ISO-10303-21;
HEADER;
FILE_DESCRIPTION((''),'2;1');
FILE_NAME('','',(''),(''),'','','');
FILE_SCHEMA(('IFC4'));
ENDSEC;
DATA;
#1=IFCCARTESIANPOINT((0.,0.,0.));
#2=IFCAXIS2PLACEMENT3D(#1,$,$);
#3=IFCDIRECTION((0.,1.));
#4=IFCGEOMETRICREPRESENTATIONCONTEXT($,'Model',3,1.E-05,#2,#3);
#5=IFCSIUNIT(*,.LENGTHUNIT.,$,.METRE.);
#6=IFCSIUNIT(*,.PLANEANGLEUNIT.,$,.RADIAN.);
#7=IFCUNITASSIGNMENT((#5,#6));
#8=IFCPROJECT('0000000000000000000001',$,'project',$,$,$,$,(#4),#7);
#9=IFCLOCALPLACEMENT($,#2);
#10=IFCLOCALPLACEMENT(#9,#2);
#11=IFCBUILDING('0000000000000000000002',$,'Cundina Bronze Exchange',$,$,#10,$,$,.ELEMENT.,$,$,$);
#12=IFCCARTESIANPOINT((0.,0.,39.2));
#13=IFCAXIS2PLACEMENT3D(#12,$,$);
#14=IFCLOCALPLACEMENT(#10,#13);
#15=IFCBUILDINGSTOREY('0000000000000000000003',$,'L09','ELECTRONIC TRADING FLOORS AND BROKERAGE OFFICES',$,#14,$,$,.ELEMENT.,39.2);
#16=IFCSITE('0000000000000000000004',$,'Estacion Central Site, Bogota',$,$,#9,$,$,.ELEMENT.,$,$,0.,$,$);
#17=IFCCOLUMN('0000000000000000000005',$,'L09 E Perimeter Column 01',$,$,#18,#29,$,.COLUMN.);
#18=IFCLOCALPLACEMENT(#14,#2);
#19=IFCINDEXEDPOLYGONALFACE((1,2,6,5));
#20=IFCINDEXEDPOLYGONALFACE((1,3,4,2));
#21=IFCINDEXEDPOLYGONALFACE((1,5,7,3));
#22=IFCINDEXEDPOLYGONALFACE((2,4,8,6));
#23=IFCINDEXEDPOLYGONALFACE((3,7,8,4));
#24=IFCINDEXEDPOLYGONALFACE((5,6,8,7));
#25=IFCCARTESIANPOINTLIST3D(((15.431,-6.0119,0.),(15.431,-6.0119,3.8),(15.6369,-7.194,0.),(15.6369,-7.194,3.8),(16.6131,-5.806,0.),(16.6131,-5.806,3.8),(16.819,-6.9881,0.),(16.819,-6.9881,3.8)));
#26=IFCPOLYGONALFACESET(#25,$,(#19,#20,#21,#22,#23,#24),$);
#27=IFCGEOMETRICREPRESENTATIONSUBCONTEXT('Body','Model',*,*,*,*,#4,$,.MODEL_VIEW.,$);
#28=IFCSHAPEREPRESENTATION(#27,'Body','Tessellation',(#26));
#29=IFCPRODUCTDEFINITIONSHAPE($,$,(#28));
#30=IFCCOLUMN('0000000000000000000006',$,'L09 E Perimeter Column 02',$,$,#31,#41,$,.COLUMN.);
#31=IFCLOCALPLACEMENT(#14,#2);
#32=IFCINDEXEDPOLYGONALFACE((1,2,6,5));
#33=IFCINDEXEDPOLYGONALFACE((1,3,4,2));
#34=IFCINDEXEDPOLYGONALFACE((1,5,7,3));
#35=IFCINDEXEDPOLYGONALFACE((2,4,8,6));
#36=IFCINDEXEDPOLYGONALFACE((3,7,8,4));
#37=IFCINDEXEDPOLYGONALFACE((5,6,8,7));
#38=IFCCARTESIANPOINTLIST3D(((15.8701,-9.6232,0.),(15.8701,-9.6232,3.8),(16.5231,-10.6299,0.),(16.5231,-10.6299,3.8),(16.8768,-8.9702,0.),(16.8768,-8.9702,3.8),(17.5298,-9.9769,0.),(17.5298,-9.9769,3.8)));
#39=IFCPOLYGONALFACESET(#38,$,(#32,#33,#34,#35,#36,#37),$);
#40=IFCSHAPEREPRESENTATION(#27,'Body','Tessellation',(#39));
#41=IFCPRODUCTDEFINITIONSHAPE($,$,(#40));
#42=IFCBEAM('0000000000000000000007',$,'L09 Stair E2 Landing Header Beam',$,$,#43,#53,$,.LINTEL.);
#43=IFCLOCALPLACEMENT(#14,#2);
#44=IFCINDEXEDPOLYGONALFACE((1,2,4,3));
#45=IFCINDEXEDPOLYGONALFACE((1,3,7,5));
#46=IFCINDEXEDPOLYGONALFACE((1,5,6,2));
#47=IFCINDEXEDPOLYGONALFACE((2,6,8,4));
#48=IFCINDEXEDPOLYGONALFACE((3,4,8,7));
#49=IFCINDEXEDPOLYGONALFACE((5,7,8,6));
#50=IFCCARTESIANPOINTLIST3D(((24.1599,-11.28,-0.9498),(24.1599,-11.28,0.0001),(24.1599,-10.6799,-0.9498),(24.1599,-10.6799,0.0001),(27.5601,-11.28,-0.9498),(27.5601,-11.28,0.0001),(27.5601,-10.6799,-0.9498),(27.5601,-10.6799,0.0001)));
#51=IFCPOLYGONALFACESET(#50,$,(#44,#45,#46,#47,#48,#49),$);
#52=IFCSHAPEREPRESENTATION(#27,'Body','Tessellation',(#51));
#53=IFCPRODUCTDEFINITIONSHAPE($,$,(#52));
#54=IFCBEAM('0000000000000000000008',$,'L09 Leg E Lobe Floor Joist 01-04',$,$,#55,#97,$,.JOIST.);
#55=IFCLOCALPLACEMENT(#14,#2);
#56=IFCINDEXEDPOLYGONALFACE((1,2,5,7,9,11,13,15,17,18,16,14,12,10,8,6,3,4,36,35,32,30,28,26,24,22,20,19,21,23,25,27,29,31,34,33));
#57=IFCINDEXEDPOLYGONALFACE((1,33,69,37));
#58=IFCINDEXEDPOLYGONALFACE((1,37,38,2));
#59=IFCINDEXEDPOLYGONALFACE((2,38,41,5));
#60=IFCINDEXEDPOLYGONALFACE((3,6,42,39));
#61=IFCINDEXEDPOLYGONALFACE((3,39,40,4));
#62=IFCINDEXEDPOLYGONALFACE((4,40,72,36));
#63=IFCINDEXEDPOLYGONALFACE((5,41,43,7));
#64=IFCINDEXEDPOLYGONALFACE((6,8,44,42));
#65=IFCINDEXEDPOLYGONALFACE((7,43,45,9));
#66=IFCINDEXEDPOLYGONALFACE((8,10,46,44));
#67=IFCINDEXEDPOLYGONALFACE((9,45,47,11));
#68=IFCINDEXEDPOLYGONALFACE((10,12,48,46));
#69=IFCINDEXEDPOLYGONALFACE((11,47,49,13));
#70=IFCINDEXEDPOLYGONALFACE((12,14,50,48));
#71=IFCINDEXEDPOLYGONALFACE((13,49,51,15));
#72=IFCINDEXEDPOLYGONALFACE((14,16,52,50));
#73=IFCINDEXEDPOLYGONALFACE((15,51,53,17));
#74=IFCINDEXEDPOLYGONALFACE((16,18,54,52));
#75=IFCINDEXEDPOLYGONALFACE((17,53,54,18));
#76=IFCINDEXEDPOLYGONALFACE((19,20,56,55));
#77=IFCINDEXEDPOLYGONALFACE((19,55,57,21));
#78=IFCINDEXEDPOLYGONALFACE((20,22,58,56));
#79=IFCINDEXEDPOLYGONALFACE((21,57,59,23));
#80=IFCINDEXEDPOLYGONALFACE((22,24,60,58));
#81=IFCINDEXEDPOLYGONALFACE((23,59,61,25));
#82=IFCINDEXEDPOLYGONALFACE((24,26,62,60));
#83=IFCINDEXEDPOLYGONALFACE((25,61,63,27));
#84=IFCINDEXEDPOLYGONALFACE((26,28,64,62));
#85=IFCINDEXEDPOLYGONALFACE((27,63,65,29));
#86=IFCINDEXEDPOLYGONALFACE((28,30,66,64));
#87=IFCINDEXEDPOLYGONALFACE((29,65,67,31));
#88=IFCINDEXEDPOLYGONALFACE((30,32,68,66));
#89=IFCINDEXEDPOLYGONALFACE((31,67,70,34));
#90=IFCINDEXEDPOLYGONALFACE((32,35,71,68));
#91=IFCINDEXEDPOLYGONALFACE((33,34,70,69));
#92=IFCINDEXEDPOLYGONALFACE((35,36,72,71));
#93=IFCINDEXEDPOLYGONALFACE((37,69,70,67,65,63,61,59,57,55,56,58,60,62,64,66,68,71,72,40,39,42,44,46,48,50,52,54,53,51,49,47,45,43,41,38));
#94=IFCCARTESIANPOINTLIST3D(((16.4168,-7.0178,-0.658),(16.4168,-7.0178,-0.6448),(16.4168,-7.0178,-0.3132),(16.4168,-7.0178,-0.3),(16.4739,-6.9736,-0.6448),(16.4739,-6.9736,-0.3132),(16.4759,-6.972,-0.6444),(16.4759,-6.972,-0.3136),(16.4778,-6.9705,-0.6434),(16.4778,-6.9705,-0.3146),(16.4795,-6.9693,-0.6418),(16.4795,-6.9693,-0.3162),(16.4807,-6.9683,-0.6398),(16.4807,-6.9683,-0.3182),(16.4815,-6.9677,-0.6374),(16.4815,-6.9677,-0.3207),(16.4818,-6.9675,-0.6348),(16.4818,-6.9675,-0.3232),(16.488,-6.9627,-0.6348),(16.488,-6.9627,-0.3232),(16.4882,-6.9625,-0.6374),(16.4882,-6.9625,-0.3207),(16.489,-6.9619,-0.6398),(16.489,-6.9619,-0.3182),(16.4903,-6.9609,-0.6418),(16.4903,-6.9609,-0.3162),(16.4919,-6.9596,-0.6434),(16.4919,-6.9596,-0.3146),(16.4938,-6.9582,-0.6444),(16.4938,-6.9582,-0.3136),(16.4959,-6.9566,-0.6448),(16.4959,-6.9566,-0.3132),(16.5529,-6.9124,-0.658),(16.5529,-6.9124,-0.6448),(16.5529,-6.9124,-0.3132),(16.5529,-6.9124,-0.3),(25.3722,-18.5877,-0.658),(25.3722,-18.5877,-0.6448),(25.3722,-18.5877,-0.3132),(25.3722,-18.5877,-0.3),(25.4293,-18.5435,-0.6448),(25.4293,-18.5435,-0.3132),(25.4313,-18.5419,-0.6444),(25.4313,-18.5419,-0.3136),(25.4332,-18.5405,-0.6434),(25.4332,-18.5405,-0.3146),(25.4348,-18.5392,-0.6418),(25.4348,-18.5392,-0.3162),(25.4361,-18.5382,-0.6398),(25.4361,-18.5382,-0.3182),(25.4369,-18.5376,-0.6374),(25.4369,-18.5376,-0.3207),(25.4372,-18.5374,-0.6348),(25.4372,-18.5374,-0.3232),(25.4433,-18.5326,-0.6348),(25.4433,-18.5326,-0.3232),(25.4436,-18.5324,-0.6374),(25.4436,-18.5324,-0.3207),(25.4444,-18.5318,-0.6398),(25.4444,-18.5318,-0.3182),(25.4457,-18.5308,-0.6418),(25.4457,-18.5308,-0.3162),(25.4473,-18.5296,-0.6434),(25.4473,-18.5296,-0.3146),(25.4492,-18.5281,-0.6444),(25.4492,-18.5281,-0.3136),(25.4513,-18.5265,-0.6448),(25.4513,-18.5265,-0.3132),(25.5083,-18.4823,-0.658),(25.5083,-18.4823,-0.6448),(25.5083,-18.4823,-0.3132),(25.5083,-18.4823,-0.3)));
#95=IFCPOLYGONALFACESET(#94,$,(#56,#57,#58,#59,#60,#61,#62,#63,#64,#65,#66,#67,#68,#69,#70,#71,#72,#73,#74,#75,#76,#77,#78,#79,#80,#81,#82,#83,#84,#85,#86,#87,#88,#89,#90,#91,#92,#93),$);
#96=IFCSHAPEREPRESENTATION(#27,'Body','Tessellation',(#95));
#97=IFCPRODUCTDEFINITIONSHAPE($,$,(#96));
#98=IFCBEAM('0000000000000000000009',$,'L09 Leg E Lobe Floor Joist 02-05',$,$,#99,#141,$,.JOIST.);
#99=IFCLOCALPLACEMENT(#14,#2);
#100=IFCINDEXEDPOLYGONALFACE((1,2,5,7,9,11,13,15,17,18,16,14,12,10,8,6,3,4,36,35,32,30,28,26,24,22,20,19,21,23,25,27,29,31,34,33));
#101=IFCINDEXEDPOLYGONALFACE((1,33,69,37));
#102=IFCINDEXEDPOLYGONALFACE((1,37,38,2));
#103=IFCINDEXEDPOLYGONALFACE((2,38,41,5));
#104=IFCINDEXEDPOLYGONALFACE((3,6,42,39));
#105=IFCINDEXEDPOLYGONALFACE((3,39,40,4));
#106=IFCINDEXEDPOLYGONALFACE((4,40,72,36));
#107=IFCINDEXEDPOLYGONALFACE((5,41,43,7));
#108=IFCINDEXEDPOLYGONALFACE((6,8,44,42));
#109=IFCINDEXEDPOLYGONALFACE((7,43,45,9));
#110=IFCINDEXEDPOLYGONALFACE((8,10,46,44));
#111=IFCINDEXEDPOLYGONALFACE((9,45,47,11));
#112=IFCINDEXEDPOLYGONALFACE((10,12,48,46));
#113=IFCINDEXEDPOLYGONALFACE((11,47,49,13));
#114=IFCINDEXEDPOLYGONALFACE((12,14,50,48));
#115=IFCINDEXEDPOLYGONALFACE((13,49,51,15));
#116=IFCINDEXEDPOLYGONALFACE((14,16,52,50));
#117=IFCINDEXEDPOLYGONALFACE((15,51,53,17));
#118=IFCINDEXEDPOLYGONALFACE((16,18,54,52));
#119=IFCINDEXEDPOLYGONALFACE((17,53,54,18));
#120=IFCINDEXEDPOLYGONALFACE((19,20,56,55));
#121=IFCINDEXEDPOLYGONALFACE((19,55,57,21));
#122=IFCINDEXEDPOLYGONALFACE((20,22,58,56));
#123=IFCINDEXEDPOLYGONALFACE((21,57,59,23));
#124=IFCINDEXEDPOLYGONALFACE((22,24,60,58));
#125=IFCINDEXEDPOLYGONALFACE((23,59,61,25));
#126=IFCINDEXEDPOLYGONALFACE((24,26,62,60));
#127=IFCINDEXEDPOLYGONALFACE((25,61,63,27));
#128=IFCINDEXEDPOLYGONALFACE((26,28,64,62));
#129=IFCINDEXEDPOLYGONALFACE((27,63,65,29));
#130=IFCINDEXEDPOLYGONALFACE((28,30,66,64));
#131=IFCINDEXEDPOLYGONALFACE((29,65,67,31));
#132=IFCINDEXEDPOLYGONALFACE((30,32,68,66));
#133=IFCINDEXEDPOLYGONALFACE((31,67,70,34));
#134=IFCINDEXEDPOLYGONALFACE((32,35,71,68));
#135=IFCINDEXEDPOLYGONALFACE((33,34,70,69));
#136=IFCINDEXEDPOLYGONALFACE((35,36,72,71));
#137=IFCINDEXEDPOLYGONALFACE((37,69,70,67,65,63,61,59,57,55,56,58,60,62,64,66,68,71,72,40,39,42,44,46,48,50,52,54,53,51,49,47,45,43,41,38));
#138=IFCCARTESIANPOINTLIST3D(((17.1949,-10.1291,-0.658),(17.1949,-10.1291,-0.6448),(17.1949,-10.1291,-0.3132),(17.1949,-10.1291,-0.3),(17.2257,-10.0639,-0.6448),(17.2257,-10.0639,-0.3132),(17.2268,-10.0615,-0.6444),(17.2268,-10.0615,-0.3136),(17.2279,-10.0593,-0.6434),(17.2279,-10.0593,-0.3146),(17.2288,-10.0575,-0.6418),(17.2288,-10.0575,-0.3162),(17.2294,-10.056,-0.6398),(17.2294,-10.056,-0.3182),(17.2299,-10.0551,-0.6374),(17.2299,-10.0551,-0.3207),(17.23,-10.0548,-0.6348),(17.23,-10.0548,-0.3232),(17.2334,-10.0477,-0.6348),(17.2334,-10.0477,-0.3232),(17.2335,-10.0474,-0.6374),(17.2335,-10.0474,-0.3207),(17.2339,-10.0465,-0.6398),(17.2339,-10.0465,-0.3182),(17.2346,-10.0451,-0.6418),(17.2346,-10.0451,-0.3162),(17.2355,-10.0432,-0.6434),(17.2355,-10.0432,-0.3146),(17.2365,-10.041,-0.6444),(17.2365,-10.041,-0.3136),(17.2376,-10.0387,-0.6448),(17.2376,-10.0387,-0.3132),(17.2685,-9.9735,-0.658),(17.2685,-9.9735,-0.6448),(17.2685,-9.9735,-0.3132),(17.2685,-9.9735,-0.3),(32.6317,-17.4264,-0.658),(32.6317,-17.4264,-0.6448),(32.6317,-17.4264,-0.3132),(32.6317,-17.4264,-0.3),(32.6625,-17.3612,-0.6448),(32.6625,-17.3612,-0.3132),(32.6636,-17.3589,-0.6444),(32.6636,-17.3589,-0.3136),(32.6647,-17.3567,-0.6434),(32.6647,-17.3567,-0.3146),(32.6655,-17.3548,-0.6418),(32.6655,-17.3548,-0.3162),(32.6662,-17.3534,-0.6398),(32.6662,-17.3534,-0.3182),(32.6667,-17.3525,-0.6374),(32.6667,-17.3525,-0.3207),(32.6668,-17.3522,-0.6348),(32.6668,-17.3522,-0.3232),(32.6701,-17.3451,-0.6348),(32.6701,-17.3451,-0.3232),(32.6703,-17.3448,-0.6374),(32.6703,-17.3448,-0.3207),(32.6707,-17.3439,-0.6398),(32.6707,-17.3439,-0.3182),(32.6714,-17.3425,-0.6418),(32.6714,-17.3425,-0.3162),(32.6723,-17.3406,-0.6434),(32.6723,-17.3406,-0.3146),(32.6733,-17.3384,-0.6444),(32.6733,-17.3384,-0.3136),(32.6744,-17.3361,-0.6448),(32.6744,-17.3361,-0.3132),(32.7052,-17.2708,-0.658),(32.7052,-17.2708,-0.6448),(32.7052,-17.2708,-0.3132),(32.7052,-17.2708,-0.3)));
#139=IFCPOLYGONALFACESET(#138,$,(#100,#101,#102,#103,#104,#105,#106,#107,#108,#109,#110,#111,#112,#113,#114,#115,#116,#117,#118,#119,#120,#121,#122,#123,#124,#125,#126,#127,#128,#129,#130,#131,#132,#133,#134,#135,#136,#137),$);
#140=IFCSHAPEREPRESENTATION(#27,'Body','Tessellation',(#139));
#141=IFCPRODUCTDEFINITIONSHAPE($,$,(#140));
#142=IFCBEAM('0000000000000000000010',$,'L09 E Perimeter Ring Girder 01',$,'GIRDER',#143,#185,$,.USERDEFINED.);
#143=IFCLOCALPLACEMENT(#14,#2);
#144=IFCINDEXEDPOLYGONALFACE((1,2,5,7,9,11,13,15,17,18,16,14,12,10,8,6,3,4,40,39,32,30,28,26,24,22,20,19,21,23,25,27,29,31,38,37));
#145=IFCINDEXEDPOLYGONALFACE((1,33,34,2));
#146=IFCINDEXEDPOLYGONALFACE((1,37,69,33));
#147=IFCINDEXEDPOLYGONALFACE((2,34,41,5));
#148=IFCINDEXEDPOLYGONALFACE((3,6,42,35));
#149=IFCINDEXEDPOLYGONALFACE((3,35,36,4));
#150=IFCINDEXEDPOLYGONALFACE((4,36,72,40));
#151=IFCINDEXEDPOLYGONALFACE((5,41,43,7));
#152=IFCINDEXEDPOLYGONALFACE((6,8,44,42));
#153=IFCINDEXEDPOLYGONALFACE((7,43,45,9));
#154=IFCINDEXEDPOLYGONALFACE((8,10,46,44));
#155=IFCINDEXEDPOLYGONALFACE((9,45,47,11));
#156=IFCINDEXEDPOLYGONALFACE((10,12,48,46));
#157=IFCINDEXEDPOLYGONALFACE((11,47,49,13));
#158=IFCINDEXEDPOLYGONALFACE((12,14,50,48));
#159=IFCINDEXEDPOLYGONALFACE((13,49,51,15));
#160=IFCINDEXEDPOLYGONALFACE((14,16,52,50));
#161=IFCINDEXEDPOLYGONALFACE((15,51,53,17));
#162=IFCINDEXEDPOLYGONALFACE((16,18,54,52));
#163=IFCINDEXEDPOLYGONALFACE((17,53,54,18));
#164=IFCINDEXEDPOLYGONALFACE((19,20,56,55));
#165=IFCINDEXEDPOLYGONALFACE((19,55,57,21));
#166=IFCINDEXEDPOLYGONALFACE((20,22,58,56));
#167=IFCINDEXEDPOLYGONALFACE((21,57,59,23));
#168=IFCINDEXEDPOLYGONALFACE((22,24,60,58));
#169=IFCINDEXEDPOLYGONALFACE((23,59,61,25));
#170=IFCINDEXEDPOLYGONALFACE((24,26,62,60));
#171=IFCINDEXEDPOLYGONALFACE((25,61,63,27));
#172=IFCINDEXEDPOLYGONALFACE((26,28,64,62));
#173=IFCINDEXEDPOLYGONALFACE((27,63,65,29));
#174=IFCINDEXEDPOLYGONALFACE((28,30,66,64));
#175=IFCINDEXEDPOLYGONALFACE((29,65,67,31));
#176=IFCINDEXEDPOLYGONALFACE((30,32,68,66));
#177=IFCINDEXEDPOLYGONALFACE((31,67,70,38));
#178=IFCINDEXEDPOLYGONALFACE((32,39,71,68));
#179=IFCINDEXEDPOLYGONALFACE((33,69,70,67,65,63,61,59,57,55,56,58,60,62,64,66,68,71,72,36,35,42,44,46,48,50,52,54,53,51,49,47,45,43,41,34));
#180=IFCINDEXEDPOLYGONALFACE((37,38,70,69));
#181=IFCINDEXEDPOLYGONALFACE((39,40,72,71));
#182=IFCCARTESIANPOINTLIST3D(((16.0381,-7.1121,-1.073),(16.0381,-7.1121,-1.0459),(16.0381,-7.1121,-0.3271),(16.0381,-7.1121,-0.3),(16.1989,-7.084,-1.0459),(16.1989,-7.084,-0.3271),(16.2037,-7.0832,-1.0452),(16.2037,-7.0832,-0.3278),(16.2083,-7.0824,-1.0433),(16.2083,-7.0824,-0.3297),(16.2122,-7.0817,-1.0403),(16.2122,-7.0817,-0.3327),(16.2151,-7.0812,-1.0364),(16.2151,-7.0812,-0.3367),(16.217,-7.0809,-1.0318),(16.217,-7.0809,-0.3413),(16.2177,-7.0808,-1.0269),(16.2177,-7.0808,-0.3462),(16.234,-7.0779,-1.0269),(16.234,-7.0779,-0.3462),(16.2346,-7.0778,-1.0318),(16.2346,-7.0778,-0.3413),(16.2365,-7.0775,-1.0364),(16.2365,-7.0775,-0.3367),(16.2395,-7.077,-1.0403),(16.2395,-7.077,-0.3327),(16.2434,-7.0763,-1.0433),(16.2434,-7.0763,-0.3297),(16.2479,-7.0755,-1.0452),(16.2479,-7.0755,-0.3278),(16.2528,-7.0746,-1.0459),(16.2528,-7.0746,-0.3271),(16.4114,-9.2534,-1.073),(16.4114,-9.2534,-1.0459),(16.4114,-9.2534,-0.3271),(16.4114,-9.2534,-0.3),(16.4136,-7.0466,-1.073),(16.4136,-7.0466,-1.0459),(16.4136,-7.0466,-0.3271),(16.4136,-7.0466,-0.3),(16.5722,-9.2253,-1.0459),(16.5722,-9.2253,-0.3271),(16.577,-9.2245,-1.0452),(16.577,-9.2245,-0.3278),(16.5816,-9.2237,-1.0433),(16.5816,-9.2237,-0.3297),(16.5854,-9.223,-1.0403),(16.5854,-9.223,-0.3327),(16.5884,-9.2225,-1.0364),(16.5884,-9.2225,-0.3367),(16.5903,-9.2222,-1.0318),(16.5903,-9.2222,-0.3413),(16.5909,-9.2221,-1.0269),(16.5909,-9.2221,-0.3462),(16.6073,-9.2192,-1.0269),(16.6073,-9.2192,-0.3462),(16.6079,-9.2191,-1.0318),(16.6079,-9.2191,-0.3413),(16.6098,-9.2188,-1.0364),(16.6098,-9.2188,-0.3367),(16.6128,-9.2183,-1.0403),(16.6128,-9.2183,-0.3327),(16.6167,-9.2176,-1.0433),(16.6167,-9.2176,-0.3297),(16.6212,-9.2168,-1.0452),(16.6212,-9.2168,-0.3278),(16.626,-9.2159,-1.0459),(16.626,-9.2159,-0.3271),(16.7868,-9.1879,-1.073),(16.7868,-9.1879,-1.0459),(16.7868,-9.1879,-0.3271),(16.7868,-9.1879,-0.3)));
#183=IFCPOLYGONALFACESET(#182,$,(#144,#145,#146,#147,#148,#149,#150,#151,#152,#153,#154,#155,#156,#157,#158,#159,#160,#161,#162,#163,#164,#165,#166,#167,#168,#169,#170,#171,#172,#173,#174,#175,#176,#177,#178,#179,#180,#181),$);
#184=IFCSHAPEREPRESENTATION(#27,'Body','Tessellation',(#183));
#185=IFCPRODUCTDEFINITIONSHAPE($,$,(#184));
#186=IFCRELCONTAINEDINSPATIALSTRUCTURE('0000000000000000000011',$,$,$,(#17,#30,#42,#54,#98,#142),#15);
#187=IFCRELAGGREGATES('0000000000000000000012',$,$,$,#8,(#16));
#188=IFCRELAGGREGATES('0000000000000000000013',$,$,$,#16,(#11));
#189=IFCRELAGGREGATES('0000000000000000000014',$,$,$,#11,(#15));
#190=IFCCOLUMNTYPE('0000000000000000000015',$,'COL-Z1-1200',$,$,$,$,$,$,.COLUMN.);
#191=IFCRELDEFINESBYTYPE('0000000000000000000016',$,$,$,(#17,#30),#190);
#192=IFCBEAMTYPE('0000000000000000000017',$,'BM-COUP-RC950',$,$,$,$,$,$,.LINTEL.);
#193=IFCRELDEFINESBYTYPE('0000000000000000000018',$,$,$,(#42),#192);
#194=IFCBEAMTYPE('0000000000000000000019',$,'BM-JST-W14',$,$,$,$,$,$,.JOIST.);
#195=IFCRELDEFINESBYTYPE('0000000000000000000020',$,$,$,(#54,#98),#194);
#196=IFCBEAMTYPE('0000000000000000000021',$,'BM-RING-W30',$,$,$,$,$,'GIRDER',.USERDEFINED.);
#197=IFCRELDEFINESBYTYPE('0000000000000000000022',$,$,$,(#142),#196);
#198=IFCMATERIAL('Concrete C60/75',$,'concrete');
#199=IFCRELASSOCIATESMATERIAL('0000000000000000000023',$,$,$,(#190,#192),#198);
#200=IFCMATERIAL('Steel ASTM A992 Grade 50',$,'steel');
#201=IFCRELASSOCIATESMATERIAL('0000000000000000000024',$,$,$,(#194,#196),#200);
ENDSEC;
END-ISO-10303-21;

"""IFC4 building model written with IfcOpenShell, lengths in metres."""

from ifc_helpers import new_model, si_unit, direction, frame, origin, origin_2d, place, context, subcontext, project, spatial, rectangle, i_section, extrude, material, material_profile, profile_set, type_object, element, save


model = new_model("IFC4")

# Units and contexts
model_context = context("Model", 3, precision=1e-05, world=origin(), true_north=direction((0.0, 1.0)))
body_context = subcontext(model_context, "Body", "Model", "MODEL_VIEW")
ifc_project = project(units=[si_unit("LENGTHUNIT", "METRE"), si_unit("PLANEANGLEUNIT", "RADIAN")], contexts=[model_context])

# Site, building, storey
site_placement = place(None, origin())
site = spatial("IfcSite", under=ifc_project, at=site_placement, Name="Estacion Central Site, Bogota", CompositionType="ELEMENT", RefElevation=0.0)
building_placement = place(site_placement, origin())
building = spatial("IfcBuilding", under=site, at=building_placement, Name="Cundina Bronze Exchange", CompositionType="ELEMENT")
storey_placement = place(building_placement, frame((0.0, 0.0, 39.2)))
storey = spatial("IfcBuildingStorey", under=building, at=storey_placement, Name="L09", Description="ELECTRONIC TRADING FLOORS AND BROKERAGE OFFICES", CompositionType="ELEMENT", Elevation=39.2)

# Columns
ifc_material_1 = material(Name="Concrete C60/75", Category="concrete")
ifc_material_profile_1 = material_profile(ifc_material_1, rectangle(XDim=1.2, YDim=1.2, at=origin_2d()), Name="RC1200X1200", Category="concrete")
ifc_profile_set_1 = profile_set([ifc_material_profile_1], Name="Concrete C60/75")
column_type = type_object("IfcColumnType", Name="COL-Z1-1200", PredefinedType="COLUMN", material=ifc_profile_set_1)
for number, where, z_axis, x_axis, name in (
    (1, (16.125, -6.5, 0.0), (0.0, 0.0, 1.0), (0.171585, -0.985169, 0.0), "L09 E Perimeter Column 01"),
    (2, (16.7, -9.8, 0.0), (0.0, 0.0, 1.0), (0.5442, -0.838956, 0.0), "L09 E Perimeter Column 02"),
):
    element("IfcColumn", number, at=place(storey_placement, frame(where, z_axis=z_axis, x_axis=x_axis)), inside=storey, type_object=column_type, Name=name, PredefinedType="COLUMN", context=body_context, shape_type="SweptSolid", body=[
        extrude(rectangle(XDim=1.2, YDim=1.2, at=origin_2d()), origin(), (0.0, 0.0, 1.0), 3.8),
    ])

# Beams
ifc_material_profile_2 = material_profile(ifc_material_1, rectangle(XDim=0.6001, YDim=0.95, at=origin_2d()), Name="RC600X950", Category="concrete")
ifc_profile_set_2 = profile_set([ifc_material_profile_2], Name="Concrete C60/75")
beam_type_1 = type_object("IfcBeamType", Name="BM-COUP-RC950", PredefinedType="LINTEL", material=ifc_profile_set_2)
beam_1_placement = place(storey_placement, frame((24.1599, -10.98, -0.4749), z_axis=(1.0, 0.0, 0.0), x_axis=(0.0, 1.0, 0.0)))
element("IfcBeam", 3, at=beam_1_placement, inside=storey, type_object=beam_type_1, Name="L09 Stair E2 Landing Header Beam", PredefinedType="LINTEL", context=body_context, shape_type="SweptSolid", body=[
    extrude(rectangle(XDim=0.6001, YDim=0.95, at=origin_2d()), origin(), (0.0, 0.0, 1.0), 3.4001),
])
ifc_material_2 = material(Name="Steel ASTM A992 Grade 50", Category="steel")
ifc_material_profile_3 = material_profile(ifc_material_2, i_section(OverallWidth=0.1721, OverallDepth=0.3579, WebThickness=0.0078, FlangeThickness=0.0132, FilletRadius=0.01, at=origin_2d()), Name="W14X38", Category="steel")
ifc_profile_set_3 = profile_set([ifc_material_profile_3], Name="Steel ASTM A992 Grade 50")
beam_type_2 = type_object("IfcBeamType", Name="BM-JST-W14", PredefinedType="JOIST", material=ifc_profile_set_3)
beam_2_placement = place(storey_placement, frame((16.4849, -6.9651, -0.479), z_axis=(0.612089, -0.790789, 0.0), x_axis=(0.790789, 0.612089, 0.0)))
element("IfcBeam", 4, at=beam_2_placement, inside=storey, type_object=beam_type_2, Name="L09 Leg E Lobe Floor Joist 01-04", PredefinedType="JOIST", context=body_context, shape_type="SweptSolid", body=[
    extrude(i_section(OverallWidth=0.1721, OverallDepth=0.3579, WebThickness=0.0078, FlangeThickness=0.0132, FilletRadius=0.01, at=origin_2d()), origin(), (0.0, 0.0, 1.0), 14.6309),
])
beam_3_placement = place(storey_placement, frame((17.2317, -10.0513, -0.479), z_axis=(0.904073, -0.427379, 0.0), x_axis=(0.427379, 0.904073, 0.0)))
element("IfcBeam", 5, at=beam_3_placement, inside=storey, type_object=beam_type_2, Name="L09 Leg E Lobe Floor Joist 02-05", PredefinedType="JOIST", context=body_context, shape_type="SweptSolid", body=[
    extrude(i_section(OverallWidth=0.1721, OverallDepth=0.3579, WebThickness=0.0078, FlangeThickness=0.0132, FilletRadius=0.01, at=origin_2d()), origin(), (0.0, 0.0, 1.0), 17.0747),
])
ifc_material_profile_4 = material_profile(ifc_material_2, i_section(OverallWidth=0.3811, OverallDepth=0.7729, WebThickness=0.0166, FlangeThickness=0.0271, FilletRadius=0.019, at=origin_2d()), Name="W30X173", Category="steel")
ifc_profile_set_4 = profile_set([ifc_material_profile_4], Name="Steel ASTM A992 Grade 50")
beam_type_3 = type_object("IfcBeamType", Name="BM-RING-W30", ElementType="GIRDER", PredefinedType="USERDEFINED", material=ifc_profile_set_4)
beam_4_placement = place(storey_placement, frame((16.2258, -7.0793, -0.6865), z_axis=(0.171735, -0.985143, 0.0), x_axis=(0.985143, 0.171735, 0.0)))
element("IfcBeam", 6, at=beam_4_placement, inside=storey, type_object=beam_type_3, Name="L09 E Perimeter Ring Girder 01", ObjectType="GIRDER", PredefinedType="USERDEFINED", context=body_context, shape_type="SweptSolid", body=[
    extrude(i_section(OverallWidth=0.3811, OverallDepth=0.7729, WebThickness=0.0166, FlangeThickness=0.0271, FilletRadius=0.019, at=origin_2d()), origin(), (0.0, 0.0, 1.0), 2.1736),
])

save(model, "model.ifc")
